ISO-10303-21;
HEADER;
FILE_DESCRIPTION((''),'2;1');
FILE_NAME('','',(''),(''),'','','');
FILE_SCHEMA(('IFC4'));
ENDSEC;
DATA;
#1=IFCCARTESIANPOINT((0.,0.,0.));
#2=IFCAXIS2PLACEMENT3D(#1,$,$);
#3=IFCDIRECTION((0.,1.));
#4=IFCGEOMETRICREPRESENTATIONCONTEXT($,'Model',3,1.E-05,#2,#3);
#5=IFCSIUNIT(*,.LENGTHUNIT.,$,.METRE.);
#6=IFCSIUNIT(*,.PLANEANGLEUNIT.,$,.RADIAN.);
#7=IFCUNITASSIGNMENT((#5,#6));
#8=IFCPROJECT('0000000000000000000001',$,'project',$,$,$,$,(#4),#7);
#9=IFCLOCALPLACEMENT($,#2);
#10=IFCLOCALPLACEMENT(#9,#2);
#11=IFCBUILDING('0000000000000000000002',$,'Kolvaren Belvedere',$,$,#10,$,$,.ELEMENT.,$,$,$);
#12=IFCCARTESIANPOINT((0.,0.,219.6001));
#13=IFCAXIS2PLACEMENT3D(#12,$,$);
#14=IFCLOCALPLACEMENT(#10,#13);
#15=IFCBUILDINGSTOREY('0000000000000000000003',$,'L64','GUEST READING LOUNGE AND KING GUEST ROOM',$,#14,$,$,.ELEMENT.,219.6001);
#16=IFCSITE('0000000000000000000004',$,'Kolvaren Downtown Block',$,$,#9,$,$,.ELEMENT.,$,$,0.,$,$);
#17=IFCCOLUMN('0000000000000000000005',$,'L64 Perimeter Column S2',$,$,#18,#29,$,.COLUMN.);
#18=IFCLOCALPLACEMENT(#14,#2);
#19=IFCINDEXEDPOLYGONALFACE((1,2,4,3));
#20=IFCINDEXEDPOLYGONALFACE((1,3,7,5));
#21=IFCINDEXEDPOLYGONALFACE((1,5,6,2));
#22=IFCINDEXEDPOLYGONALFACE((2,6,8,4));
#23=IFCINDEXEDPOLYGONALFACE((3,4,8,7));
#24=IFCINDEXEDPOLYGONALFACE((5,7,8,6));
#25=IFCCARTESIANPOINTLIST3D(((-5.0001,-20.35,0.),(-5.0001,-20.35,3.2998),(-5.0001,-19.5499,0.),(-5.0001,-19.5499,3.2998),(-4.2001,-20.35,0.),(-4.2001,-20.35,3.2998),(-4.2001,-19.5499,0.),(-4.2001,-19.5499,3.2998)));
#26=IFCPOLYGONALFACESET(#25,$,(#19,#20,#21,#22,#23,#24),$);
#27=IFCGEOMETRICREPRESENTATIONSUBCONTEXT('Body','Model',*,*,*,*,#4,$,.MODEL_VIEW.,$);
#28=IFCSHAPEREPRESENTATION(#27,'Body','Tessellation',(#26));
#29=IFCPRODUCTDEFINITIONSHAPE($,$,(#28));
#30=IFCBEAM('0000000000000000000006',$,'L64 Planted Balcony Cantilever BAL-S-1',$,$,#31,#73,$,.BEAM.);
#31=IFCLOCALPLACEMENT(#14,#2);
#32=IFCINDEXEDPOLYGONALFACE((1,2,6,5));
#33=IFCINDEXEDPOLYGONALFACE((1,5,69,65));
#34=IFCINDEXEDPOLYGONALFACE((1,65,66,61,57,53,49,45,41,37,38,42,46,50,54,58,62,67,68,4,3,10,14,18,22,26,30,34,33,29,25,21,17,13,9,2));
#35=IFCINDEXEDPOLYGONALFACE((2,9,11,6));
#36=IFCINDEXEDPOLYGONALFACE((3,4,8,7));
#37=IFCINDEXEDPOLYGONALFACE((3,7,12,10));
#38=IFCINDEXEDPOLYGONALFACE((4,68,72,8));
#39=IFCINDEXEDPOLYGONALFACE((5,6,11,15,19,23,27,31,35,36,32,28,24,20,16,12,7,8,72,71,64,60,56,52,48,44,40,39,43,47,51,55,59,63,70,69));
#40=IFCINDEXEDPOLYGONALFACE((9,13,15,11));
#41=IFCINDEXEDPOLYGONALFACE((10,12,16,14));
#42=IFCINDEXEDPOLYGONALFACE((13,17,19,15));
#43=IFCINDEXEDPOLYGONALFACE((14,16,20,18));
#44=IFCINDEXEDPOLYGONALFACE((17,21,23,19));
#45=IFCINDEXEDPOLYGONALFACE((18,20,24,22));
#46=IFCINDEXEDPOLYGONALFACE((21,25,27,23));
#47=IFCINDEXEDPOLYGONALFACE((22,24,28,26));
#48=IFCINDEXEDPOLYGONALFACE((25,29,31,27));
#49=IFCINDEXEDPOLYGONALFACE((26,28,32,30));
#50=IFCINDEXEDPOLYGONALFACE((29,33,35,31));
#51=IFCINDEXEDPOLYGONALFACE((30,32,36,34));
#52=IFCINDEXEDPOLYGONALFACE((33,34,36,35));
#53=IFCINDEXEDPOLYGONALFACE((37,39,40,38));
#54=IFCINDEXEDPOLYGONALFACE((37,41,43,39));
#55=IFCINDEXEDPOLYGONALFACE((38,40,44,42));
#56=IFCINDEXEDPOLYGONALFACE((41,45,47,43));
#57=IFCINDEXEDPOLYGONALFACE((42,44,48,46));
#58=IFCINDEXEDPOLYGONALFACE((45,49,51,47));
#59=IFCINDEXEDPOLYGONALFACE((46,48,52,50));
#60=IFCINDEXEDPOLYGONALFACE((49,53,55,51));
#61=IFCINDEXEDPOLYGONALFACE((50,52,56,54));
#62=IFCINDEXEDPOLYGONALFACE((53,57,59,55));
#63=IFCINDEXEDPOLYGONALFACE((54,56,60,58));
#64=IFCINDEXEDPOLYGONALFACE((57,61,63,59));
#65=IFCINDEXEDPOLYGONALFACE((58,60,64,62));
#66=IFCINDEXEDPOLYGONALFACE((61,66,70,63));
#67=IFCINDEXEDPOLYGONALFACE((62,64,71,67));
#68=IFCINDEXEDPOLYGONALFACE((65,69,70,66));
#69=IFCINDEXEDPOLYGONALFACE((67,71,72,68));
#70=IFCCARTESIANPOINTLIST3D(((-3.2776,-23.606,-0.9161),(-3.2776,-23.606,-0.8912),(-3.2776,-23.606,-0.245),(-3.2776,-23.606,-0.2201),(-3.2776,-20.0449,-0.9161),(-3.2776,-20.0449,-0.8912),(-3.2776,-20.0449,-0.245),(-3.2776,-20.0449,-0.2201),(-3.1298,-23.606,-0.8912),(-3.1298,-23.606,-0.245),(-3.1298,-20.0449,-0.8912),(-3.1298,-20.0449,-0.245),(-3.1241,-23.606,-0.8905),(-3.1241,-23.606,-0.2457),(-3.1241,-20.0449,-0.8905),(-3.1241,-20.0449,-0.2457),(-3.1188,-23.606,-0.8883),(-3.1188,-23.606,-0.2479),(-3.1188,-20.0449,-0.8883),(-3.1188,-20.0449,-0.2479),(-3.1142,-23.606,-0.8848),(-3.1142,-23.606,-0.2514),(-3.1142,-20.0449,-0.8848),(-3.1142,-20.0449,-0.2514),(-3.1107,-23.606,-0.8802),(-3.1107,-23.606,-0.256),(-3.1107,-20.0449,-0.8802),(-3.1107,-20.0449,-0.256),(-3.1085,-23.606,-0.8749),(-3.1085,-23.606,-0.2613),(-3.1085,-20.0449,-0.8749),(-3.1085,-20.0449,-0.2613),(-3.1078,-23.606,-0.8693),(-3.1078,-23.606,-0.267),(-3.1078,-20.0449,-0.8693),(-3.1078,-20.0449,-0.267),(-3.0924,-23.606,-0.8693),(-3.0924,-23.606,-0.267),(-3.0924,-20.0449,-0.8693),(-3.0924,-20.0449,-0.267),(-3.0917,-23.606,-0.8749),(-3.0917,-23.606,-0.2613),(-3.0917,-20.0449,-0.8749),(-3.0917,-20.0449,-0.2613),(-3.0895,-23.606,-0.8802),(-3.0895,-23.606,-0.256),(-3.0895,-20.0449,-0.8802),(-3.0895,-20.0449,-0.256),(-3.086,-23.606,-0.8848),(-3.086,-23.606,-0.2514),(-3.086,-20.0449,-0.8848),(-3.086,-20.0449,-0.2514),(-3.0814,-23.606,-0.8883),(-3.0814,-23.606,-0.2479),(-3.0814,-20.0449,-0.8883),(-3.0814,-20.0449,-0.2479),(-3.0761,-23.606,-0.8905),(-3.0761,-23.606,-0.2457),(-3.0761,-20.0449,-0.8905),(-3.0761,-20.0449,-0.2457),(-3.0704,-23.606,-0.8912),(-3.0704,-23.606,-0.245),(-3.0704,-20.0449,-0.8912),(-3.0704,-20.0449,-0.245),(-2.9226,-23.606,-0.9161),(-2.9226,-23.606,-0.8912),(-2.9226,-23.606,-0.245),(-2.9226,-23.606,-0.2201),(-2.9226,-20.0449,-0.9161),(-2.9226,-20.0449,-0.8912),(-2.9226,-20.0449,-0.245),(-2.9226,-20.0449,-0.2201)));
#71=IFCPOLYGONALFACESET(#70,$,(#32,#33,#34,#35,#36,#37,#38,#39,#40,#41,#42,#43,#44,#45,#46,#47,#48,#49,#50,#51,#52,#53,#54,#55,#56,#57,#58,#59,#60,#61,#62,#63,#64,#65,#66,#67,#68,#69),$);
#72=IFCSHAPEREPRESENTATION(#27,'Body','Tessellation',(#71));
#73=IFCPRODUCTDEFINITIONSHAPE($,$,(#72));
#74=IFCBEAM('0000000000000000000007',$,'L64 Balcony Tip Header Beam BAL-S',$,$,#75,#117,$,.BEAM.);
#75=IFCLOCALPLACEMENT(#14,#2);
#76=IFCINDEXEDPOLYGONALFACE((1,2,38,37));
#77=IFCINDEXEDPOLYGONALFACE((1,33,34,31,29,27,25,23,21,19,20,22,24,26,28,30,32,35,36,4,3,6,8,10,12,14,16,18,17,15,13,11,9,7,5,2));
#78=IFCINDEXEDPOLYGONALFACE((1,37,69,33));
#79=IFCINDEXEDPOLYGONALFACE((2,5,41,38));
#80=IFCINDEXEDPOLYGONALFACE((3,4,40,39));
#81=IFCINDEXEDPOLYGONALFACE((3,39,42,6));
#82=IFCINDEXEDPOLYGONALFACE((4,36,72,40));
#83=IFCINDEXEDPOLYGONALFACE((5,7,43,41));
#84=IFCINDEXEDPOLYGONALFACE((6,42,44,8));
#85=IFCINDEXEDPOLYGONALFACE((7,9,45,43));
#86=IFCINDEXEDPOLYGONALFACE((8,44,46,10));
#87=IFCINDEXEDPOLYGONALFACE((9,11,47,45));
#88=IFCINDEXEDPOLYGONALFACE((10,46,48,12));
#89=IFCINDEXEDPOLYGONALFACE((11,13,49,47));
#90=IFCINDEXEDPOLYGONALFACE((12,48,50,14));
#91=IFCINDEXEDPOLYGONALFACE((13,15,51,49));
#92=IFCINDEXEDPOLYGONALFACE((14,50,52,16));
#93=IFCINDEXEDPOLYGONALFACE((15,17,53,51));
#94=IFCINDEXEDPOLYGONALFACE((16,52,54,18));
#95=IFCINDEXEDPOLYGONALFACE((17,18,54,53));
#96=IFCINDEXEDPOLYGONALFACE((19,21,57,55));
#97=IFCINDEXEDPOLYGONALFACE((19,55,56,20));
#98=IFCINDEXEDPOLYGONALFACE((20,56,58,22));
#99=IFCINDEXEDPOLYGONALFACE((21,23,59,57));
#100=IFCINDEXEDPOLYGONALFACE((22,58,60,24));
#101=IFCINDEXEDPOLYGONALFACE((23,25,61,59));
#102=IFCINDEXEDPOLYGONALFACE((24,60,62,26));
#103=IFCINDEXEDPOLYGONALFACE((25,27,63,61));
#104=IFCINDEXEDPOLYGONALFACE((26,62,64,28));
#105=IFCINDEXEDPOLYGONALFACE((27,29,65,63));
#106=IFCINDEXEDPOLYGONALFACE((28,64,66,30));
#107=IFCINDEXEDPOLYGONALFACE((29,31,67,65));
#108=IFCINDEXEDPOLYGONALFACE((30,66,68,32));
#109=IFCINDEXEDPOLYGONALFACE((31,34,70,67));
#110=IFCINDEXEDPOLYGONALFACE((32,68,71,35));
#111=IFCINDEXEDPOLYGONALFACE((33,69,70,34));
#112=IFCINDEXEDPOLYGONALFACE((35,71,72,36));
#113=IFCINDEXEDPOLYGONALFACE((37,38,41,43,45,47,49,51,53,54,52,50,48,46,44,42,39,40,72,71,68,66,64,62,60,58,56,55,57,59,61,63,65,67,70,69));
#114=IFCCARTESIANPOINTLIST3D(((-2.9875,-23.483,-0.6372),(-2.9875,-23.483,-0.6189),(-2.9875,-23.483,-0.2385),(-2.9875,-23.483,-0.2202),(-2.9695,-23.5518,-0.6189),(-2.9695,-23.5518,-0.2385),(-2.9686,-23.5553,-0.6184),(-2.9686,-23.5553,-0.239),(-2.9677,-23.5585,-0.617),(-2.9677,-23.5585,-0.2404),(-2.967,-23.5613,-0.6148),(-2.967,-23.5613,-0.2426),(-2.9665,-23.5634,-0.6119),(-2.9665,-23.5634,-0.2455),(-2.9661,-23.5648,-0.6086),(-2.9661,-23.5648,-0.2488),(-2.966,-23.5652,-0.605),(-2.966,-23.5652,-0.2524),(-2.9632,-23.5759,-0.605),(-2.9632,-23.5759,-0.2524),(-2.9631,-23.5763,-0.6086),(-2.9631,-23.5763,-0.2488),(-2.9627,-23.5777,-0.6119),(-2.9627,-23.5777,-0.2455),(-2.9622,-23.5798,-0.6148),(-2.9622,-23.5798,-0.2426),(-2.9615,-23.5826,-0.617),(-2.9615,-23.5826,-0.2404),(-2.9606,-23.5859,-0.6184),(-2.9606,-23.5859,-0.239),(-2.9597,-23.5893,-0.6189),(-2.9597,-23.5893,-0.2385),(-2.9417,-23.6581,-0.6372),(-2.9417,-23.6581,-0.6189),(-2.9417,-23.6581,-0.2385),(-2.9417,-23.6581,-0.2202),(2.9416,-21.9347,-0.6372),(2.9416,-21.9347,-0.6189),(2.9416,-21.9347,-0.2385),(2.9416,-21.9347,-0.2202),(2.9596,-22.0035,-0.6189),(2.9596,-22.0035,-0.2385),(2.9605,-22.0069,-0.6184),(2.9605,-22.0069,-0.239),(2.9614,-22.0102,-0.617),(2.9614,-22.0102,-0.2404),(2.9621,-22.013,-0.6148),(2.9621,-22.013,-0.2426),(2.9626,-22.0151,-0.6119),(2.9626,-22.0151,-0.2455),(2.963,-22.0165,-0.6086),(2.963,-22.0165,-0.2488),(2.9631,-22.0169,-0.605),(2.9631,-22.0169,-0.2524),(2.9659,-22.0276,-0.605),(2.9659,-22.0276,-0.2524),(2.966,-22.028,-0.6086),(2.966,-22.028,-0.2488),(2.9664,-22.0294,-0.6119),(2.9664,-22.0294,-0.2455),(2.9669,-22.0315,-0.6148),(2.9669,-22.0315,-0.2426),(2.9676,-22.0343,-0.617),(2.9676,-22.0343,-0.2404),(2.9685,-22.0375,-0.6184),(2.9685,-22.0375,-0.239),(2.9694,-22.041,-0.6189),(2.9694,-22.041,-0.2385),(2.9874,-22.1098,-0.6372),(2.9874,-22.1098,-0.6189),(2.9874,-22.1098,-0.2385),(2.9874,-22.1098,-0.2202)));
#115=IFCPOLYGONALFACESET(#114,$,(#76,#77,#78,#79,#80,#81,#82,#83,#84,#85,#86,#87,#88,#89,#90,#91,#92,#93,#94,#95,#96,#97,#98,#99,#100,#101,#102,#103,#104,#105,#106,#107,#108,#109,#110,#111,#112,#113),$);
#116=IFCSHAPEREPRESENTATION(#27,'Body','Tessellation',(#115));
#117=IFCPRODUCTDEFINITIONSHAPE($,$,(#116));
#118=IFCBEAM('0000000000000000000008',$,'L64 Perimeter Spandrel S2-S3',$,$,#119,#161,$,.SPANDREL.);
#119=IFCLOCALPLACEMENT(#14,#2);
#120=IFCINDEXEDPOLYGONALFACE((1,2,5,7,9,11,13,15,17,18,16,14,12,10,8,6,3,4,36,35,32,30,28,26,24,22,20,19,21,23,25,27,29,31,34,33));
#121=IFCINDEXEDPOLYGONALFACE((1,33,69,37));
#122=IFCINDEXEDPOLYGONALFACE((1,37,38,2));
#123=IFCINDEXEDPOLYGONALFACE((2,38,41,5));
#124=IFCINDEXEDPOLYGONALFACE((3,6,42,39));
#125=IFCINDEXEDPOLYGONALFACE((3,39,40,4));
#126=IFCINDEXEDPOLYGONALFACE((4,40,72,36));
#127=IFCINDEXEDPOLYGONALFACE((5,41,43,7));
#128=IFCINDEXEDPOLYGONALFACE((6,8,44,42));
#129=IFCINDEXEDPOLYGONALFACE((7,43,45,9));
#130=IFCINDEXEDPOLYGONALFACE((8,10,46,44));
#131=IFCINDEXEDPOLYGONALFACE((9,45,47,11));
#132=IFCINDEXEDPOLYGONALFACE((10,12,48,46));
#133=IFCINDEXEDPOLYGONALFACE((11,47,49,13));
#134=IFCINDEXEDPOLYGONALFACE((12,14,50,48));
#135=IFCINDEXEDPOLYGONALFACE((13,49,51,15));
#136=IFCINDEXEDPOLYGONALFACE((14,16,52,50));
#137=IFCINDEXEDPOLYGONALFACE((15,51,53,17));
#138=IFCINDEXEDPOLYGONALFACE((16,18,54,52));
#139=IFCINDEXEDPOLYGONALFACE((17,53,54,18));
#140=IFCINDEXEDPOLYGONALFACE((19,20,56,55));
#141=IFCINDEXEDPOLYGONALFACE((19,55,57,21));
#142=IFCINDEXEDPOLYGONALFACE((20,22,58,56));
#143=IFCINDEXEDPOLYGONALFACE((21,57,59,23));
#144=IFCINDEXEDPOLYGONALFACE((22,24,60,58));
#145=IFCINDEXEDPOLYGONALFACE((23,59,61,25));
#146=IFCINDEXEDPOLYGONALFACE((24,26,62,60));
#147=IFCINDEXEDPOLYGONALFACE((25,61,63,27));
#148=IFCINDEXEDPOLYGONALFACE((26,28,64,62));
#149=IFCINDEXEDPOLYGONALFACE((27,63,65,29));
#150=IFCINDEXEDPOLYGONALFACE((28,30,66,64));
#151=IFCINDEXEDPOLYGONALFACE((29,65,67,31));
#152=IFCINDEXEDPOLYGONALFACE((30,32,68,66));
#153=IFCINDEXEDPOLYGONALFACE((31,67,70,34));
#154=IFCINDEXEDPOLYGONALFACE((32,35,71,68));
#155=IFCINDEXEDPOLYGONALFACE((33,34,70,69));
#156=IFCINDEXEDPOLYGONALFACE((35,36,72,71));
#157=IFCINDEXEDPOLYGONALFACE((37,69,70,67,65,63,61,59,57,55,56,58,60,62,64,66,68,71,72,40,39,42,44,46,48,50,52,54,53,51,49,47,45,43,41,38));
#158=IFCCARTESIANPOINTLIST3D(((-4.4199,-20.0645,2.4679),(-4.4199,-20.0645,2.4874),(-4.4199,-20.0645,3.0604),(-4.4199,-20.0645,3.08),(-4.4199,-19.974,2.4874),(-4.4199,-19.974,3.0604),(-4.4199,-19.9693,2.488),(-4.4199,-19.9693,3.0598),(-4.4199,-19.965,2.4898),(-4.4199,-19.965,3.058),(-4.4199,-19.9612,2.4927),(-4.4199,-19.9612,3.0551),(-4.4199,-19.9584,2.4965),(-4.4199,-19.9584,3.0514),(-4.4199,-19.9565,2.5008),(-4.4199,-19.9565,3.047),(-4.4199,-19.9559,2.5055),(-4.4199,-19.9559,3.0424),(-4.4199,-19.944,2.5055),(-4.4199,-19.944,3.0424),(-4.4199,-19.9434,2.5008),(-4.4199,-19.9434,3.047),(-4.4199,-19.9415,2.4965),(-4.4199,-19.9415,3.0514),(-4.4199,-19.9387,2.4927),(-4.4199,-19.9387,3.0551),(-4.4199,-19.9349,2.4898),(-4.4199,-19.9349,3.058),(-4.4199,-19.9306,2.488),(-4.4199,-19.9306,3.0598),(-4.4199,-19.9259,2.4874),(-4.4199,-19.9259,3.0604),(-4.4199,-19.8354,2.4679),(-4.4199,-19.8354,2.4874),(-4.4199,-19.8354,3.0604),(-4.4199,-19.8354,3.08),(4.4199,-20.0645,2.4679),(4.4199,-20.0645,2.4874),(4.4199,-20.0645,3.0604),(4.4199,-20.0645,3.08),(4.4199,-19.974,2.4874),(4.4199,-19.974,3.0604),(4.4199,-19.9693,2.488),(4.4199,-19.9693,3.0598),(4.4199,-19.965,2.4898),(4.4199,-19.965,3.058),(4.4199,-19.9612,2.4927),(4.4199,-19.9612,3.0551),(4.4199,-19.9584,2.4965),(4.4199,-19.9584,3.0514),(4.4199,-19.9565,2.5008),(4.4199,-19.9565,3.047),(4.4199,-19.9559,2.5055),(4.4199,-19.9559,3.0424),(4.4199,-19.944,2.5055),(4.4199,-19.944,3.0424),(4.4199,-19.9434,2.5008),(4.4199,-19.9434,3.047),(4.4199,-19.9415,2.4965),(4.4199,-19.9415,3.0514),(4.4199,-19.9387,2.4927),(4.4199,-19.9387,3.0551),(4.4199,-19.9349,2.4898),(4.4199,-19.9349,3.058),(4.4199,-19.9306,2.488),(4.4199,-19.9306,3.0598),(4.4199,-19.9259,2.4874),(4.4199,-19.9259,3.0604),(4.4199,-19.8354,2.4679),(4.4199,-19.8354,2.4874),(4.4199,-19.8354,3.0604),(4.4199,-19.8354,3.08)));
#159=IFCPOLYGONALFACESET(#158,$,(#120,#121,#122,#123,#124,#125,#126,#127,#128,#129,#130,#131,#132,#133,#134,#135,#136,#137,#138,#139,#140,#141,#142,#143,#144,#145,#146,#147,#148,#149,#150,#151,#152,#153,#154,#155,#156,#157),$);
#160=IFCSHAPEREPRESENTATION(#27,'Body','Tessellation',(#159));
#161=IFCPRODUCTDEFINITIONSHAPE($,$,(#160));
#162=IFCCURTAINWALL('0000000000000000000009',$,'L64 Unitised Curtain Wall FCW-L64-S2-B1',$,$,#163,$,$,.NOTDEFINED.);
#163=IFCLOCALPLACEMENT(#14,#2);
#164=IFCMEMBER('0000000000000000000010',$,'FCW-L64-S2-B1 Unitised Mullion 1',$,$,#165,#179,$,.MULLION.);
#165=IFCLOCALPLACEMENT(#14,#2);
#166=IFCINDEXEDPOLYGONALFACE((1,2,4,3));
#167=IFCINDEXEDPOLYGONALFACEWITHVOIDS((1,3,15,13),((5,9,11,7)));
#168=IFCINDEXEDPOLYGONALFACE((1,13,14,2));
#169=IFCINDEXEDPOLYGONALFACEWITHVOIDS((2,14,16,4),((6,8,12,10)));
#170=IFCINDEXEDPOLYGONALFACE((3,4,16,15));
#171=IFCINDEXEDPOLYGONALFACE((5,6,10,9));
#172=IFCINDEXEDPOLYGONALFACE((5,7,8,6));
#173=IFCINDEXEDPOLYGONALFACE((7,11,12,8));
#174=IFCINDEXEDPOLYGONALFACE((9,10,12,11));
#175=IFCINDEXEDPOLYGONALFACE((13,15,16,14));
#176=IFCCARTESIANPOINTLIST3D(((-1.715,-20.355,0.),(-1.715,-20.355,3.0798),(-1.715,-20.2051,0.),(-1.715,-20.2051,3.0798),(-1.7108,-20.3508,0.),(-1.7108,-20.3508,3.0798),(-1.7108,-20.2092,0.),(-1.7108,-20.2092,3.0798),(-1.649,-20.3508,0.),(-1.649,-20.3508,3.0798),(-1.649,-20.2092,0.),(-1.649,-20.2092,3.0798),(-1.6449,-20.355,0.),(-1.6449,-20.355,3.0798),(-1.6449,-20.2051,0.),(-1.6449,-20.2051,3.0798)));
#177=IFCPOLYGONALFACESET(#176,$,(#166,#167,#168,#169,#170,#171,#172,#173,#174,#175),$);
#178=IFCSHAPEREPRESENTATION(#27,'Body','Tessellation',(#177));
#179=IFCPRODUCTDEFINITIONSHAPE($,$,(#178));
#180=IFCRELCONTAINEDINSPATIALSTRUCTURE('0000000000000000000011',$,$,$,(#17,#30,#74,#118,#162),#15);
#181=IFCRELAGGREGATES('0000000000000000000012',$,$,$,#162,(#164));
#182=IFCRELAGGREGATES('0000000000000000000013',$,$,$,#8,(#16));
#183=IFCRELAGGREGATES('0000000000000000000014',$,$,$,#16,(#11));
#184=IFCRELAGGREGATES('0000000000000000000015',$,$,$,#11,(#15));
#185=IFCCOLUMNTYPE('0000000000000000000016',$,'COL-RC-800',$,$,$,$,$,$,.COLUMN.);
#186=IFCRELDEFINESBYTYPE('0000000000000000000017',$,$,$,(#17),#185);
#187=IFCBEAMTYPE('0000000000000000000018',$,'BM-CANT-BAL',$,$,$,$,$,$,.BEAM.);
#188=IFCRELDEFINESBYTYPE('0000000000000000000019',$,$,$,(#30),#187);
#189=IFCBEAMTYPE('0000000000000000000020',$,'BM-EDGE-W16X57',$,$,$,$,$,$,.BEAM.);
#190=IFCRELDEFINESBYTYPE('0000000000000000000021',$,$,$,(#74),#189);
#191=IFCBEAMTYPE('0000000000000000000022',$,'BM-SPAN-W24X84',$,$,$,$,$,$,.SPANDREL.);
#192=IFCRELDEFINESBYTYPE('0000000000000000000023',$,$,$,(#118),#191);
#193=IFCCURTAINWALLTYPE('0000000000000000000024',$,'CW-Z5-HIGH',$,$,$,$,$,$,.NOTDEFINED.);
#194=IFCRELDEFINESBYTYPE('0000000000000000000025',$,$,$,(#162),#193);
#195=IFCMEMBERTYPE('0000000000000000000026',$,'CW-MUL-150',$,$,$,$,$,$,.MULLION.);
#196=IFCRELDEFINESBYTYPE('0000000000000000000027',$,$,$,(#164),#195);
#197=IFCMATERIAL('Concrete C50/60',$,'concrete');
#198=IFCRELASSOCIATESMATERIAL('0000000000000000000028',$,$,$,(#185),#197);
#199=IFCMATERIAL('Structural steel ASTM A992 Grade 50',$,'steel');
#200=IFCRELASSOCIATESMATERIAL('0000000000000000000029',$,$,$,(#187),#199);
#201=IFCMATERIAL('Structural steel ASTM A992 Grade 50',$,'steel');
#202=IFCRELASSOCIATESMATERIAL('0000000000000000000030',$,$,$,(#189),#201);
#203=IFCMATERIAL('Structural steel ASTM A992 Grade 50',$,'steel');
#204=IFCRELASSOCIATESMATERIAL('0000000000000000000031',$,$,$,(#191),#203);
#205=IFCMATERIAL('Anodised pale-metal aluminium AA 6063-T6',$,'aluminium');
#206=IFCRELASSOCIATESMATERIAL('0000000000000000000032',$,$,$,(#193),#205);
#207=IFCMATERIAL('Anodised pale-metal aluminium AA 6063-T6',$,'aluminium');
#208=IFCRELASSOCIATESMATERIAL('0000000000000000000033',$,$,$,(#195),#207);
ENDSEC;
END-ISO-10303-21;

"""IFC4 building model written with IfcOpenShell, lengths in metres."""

from ifc_helpers import new_model, si_unit, direction, frame, origin, origin_2d, place, context, subcontext, project, spatial, rectangle, hollow_rectangle, i_section, extrude, material, material_profile, profile_set, type_object, element, aggregate, save


model = new_model("IFC4")

# Units and contexts
model_context = context("Model", 3, precision=1e-05, world=origin(), true_north=direction((0.0, 1.0)))
body_context = subcontext(model_context, "Body", "Model", "MODEL_VIEW")
ifc_project = project(units=[si_unit("LENGTHUNIT", "METRE"), si_unit("PLANEANGLEUNIT", "RADIAN")], contexts=[model_context])

# Site, building, storey
site_placement = place(None, origin())
site = spatial("IfcSite", under=ifc_project, at=site_placement, Name="Kolvaren Downtown Block", CompositionType="ELEMENT", RefElevation=0.0)
building_placement = place(site_placement, origin())
building = spatial("IfcBuilding", under=site, at=building_placement, Name="Kolvaren Belvedere", CompositionType="ELEMENT")
storey_placement = place(building_placement, frame((0.0, 0.0, 219.6001)))
storey = spatial("IfcBuildingStorey", under=building, at=storey_placement, Name="L64", Description="GUEST READING LOUNGE AND KING GUEST ROOM", CompositionType="ELEMENT", Elevation=219.6001)

# Column
ifc_material_1 = material(Name="Concrete C50/60", Category="concrete")
ifc_material_profile_1 = material_profile(ifc_material_1, rectangle(XDim=0.8, YDim=0.8, at=origin_2d()), Name="RC 800X800")
ifc_profile_set_1 = profile_set([ifc_material_profile_1], Name="Concrete C50/60")
column_type = type_object("IfcColumnType", Name="COL-RC-800", PredefinedType="COLUMN", material=ifc_profile_set_1)
column_placement = place(storey_placement, frame((-4.6001, -19.95, 0.0), z_axis=(0.0, 0.0, 1.0), x_axis=(1.0, 0.0, 0.0)))
element("IfcColumn", 1, at=column_placement, inside=storey, type_object=column_type, Name="L64 Perimeter Column S2", PredefinedType="COLUMN", context=body_context, shape_type="SweptSolid", body=[
    extrude(rectangle(XDim=0.8, YDim=0.8, at=origin_2d()), origin(), (0.0, 0.0, 1.0), 3.2998),
])

# Beams
ifc_material_2 = material(Name="Structural steel ASTM A992 Grade 50", Category="steel")
ifc_material_profile_2 = material_profile(ifc_material_2, i_section(OverallWidth=0.355, OverallDepth=0.696, WebThickness=0.0154, FlangeThickness=0.0249, FilletRadius=0.022, at=origin_2d()), Name="W27X146")
ifc_profile_set_2 = profile_set([ifc_material_profile_2], Name="Structural steel ASTM A992 Grade 50")
beam_type_1 = type_object("IfcBeamType", Name="BM-CANT-BAL", PredefinedType="BEAM", material=ifc_profile_set_2)
beam_1_placement = place(storey_placement, frame((-3.1001, -20.0449, -0.5681), z_axis=(0.0, -1.0, 0.0), x_axis=(1.0, 0.0, 0.0)))
element("IfcBeam", 2, at=beam_1_placement, inside=storey, type_object=beam_type_1, Name="L64 Planted Balcony Cantilever BAL-S-1", PredefinedType="BEAM", context=body_context, shape_type="SweptSolid", body=[
    extrude(i_section(OverallWidth=0.355, OverallDepth=0.696, WebThickness=0.0154, FlangeThickness=0.0249, FilletRadius=0.022, at=origin_2d()), origin(), (0.0, 0.0, 1.0), 3.561),
])
ifc_material_3 = material(Name="Structural steel ASTM A992 Grade 50", Category="steel")
ifc_material_profile_3 = material_profile(ifc_material_3, i_section(OverallWidth=0.1809, OverallDepth=0.417, WebThickness=0.011, FlangeThickness=0.0183, FilletRadius=0.0139, at=origin_2d()), Name="W16X57")
ifc_profile_set_3 = profile_set([ifc_material_profile_3], Name="Structural steel ASTM A992 Grade 50")
beam_type_2 = type_object("IfcBeamType", Name="BM-EDGE-W16X57", PredefinedType="BEAM", material=ifc_profile_set_3)
beam_2_placement = place(storey_placement, frame((-2.9646, -23.5706, -0.4287), z_axis=(0.967554, 0.252665, 0.0), x_axis=(-0.252665, 0.967554, 0.0)))
element("IfcBeam", 3, at=beam_2_placement, inside=storey, type_object=beam_type_2, Name="L64 Balcony Tip Header Beam BAL-S", PredefinedType="BEAM", context=body_context, shape_type="SweptSolid", body=[
    extrude(i_section(OverallWidth=0.1809, OverallDepth=0.417, WebThickness=0.011, FlangeThickness=0.0183, FilletRadius=0.0139, at=origin_2d()), origin(), (0.0, 0.0, 1.0), 6.1279),
])
ifc_material_4 = material(Name="Structural steel ASTM A992 Grade 50", Category="steel")
ifc_material_profile_4 = material_profile(ifc_material_4, i_section(OverallWidth=0.229, OverallDepth=0.6121, WebThickness=0.012, FlangeThickness=0.0195, FilletRadius=0.0181, at=origin_2d()), Name="W24X84")
ifc_profile_set_4 = profile_set([ifc_material_profile_4], Name="Structural steel ASTM A992 Grade 50")
beam_type_3 = type_object("IfcBeamType", Name="BM-SPAN-W24X84", PredefinedType="SPANDREL", material=ifc_profile_set_4)
beam_3_placement = place(storey_placement, frame((-4.4199, -19.95, 2.7739), z_axis=(1.0, 0.0, 0.0), x_axis=(0.0, 1.0, 0.0)))
element("IfcBeam", 4, at=beam_3_placement, inside=storey, type_object=beam_type_3, Name="L64 Perimeter Spandrel S2-S3", PredefinedType="SPANDREL", context=body_context, shape_type="SweptSolid", body=[
    extrude(i_section(OverallWidth=0.229, OverallDepth=0.6121, WebThickness=0.012, FlangeThickness=0.0195, FilletRadius=0.0181, at=origin_2d()), origin(), (0.0, 0.0, 1.0), 8.8398),
])

# Curtain wall, member
ifc_material_5 = material(Name="Anodised pale-metal aluminium AA 6063-T6", Category="aluminium")
curtain_wall_type = type_object("IfcCurtainWallType", Name="CW-Z5-HIGH", PredefinedType="NOTDEFINED", material=ifc_material_5)
curtain_wall_1_placement = place(storey_placement, origin())
curtain_wall_1 = element("IfcCurtainWall", 5, at=curtain_wall_1_placement, inside=storey, type_object=curtain_wall_type, Name="L64 Unitised Curtain Wall FCW-L64-S2-B1", PredefinedType="NOTDEFINED")
ifc_material_6 = material(Name="Anodised pale-metal aluminium AA 6063-T6", Category="aluminium")
ifc_material_profile_5 = material_profile(ifc_material_6, hollow_rectangle(XDim=0.0701, YDim=0.1499, WallThickness=0.0042, at=origin_2d()), Name="ALU-MUL-150X70")
ifc_profile_set_5 = profile_set([ifc_material_profile_5], Name="Anodised pale-metal aluminium AA 6063-T6")
member_type_1 = type_object("IfcMemberType", Name="CW-MUL-150", PredefinedType="MULLION", material=ifc_profile_set_5)
member_1_placement = place(storey_placement, frame((-1.6799, -20.28, 0.0), z_axis=(0.0, 0.0, 1.0), x_axis=(1.0, 0.0, 0.0)))
member_1 = element("IfcMember", 6, at=member_1_placement, type_object=member_type_1, Name="FCW-L64-S2-B1 Unitised Mullion 1", PredefinedType="MULLION", context=body_context, shape_type="SweptSolid", body=[
    extrude(hollow_rectangle(XDim=0.0701, YDim=0.1499, WallThickness=0.0042, at=origin_2d()), origin(), (0.0, 0.0, 1.0), 3.0798),
])

aggregate(curtain_wall_1, [member_1])

save(model, "model.ifc")
